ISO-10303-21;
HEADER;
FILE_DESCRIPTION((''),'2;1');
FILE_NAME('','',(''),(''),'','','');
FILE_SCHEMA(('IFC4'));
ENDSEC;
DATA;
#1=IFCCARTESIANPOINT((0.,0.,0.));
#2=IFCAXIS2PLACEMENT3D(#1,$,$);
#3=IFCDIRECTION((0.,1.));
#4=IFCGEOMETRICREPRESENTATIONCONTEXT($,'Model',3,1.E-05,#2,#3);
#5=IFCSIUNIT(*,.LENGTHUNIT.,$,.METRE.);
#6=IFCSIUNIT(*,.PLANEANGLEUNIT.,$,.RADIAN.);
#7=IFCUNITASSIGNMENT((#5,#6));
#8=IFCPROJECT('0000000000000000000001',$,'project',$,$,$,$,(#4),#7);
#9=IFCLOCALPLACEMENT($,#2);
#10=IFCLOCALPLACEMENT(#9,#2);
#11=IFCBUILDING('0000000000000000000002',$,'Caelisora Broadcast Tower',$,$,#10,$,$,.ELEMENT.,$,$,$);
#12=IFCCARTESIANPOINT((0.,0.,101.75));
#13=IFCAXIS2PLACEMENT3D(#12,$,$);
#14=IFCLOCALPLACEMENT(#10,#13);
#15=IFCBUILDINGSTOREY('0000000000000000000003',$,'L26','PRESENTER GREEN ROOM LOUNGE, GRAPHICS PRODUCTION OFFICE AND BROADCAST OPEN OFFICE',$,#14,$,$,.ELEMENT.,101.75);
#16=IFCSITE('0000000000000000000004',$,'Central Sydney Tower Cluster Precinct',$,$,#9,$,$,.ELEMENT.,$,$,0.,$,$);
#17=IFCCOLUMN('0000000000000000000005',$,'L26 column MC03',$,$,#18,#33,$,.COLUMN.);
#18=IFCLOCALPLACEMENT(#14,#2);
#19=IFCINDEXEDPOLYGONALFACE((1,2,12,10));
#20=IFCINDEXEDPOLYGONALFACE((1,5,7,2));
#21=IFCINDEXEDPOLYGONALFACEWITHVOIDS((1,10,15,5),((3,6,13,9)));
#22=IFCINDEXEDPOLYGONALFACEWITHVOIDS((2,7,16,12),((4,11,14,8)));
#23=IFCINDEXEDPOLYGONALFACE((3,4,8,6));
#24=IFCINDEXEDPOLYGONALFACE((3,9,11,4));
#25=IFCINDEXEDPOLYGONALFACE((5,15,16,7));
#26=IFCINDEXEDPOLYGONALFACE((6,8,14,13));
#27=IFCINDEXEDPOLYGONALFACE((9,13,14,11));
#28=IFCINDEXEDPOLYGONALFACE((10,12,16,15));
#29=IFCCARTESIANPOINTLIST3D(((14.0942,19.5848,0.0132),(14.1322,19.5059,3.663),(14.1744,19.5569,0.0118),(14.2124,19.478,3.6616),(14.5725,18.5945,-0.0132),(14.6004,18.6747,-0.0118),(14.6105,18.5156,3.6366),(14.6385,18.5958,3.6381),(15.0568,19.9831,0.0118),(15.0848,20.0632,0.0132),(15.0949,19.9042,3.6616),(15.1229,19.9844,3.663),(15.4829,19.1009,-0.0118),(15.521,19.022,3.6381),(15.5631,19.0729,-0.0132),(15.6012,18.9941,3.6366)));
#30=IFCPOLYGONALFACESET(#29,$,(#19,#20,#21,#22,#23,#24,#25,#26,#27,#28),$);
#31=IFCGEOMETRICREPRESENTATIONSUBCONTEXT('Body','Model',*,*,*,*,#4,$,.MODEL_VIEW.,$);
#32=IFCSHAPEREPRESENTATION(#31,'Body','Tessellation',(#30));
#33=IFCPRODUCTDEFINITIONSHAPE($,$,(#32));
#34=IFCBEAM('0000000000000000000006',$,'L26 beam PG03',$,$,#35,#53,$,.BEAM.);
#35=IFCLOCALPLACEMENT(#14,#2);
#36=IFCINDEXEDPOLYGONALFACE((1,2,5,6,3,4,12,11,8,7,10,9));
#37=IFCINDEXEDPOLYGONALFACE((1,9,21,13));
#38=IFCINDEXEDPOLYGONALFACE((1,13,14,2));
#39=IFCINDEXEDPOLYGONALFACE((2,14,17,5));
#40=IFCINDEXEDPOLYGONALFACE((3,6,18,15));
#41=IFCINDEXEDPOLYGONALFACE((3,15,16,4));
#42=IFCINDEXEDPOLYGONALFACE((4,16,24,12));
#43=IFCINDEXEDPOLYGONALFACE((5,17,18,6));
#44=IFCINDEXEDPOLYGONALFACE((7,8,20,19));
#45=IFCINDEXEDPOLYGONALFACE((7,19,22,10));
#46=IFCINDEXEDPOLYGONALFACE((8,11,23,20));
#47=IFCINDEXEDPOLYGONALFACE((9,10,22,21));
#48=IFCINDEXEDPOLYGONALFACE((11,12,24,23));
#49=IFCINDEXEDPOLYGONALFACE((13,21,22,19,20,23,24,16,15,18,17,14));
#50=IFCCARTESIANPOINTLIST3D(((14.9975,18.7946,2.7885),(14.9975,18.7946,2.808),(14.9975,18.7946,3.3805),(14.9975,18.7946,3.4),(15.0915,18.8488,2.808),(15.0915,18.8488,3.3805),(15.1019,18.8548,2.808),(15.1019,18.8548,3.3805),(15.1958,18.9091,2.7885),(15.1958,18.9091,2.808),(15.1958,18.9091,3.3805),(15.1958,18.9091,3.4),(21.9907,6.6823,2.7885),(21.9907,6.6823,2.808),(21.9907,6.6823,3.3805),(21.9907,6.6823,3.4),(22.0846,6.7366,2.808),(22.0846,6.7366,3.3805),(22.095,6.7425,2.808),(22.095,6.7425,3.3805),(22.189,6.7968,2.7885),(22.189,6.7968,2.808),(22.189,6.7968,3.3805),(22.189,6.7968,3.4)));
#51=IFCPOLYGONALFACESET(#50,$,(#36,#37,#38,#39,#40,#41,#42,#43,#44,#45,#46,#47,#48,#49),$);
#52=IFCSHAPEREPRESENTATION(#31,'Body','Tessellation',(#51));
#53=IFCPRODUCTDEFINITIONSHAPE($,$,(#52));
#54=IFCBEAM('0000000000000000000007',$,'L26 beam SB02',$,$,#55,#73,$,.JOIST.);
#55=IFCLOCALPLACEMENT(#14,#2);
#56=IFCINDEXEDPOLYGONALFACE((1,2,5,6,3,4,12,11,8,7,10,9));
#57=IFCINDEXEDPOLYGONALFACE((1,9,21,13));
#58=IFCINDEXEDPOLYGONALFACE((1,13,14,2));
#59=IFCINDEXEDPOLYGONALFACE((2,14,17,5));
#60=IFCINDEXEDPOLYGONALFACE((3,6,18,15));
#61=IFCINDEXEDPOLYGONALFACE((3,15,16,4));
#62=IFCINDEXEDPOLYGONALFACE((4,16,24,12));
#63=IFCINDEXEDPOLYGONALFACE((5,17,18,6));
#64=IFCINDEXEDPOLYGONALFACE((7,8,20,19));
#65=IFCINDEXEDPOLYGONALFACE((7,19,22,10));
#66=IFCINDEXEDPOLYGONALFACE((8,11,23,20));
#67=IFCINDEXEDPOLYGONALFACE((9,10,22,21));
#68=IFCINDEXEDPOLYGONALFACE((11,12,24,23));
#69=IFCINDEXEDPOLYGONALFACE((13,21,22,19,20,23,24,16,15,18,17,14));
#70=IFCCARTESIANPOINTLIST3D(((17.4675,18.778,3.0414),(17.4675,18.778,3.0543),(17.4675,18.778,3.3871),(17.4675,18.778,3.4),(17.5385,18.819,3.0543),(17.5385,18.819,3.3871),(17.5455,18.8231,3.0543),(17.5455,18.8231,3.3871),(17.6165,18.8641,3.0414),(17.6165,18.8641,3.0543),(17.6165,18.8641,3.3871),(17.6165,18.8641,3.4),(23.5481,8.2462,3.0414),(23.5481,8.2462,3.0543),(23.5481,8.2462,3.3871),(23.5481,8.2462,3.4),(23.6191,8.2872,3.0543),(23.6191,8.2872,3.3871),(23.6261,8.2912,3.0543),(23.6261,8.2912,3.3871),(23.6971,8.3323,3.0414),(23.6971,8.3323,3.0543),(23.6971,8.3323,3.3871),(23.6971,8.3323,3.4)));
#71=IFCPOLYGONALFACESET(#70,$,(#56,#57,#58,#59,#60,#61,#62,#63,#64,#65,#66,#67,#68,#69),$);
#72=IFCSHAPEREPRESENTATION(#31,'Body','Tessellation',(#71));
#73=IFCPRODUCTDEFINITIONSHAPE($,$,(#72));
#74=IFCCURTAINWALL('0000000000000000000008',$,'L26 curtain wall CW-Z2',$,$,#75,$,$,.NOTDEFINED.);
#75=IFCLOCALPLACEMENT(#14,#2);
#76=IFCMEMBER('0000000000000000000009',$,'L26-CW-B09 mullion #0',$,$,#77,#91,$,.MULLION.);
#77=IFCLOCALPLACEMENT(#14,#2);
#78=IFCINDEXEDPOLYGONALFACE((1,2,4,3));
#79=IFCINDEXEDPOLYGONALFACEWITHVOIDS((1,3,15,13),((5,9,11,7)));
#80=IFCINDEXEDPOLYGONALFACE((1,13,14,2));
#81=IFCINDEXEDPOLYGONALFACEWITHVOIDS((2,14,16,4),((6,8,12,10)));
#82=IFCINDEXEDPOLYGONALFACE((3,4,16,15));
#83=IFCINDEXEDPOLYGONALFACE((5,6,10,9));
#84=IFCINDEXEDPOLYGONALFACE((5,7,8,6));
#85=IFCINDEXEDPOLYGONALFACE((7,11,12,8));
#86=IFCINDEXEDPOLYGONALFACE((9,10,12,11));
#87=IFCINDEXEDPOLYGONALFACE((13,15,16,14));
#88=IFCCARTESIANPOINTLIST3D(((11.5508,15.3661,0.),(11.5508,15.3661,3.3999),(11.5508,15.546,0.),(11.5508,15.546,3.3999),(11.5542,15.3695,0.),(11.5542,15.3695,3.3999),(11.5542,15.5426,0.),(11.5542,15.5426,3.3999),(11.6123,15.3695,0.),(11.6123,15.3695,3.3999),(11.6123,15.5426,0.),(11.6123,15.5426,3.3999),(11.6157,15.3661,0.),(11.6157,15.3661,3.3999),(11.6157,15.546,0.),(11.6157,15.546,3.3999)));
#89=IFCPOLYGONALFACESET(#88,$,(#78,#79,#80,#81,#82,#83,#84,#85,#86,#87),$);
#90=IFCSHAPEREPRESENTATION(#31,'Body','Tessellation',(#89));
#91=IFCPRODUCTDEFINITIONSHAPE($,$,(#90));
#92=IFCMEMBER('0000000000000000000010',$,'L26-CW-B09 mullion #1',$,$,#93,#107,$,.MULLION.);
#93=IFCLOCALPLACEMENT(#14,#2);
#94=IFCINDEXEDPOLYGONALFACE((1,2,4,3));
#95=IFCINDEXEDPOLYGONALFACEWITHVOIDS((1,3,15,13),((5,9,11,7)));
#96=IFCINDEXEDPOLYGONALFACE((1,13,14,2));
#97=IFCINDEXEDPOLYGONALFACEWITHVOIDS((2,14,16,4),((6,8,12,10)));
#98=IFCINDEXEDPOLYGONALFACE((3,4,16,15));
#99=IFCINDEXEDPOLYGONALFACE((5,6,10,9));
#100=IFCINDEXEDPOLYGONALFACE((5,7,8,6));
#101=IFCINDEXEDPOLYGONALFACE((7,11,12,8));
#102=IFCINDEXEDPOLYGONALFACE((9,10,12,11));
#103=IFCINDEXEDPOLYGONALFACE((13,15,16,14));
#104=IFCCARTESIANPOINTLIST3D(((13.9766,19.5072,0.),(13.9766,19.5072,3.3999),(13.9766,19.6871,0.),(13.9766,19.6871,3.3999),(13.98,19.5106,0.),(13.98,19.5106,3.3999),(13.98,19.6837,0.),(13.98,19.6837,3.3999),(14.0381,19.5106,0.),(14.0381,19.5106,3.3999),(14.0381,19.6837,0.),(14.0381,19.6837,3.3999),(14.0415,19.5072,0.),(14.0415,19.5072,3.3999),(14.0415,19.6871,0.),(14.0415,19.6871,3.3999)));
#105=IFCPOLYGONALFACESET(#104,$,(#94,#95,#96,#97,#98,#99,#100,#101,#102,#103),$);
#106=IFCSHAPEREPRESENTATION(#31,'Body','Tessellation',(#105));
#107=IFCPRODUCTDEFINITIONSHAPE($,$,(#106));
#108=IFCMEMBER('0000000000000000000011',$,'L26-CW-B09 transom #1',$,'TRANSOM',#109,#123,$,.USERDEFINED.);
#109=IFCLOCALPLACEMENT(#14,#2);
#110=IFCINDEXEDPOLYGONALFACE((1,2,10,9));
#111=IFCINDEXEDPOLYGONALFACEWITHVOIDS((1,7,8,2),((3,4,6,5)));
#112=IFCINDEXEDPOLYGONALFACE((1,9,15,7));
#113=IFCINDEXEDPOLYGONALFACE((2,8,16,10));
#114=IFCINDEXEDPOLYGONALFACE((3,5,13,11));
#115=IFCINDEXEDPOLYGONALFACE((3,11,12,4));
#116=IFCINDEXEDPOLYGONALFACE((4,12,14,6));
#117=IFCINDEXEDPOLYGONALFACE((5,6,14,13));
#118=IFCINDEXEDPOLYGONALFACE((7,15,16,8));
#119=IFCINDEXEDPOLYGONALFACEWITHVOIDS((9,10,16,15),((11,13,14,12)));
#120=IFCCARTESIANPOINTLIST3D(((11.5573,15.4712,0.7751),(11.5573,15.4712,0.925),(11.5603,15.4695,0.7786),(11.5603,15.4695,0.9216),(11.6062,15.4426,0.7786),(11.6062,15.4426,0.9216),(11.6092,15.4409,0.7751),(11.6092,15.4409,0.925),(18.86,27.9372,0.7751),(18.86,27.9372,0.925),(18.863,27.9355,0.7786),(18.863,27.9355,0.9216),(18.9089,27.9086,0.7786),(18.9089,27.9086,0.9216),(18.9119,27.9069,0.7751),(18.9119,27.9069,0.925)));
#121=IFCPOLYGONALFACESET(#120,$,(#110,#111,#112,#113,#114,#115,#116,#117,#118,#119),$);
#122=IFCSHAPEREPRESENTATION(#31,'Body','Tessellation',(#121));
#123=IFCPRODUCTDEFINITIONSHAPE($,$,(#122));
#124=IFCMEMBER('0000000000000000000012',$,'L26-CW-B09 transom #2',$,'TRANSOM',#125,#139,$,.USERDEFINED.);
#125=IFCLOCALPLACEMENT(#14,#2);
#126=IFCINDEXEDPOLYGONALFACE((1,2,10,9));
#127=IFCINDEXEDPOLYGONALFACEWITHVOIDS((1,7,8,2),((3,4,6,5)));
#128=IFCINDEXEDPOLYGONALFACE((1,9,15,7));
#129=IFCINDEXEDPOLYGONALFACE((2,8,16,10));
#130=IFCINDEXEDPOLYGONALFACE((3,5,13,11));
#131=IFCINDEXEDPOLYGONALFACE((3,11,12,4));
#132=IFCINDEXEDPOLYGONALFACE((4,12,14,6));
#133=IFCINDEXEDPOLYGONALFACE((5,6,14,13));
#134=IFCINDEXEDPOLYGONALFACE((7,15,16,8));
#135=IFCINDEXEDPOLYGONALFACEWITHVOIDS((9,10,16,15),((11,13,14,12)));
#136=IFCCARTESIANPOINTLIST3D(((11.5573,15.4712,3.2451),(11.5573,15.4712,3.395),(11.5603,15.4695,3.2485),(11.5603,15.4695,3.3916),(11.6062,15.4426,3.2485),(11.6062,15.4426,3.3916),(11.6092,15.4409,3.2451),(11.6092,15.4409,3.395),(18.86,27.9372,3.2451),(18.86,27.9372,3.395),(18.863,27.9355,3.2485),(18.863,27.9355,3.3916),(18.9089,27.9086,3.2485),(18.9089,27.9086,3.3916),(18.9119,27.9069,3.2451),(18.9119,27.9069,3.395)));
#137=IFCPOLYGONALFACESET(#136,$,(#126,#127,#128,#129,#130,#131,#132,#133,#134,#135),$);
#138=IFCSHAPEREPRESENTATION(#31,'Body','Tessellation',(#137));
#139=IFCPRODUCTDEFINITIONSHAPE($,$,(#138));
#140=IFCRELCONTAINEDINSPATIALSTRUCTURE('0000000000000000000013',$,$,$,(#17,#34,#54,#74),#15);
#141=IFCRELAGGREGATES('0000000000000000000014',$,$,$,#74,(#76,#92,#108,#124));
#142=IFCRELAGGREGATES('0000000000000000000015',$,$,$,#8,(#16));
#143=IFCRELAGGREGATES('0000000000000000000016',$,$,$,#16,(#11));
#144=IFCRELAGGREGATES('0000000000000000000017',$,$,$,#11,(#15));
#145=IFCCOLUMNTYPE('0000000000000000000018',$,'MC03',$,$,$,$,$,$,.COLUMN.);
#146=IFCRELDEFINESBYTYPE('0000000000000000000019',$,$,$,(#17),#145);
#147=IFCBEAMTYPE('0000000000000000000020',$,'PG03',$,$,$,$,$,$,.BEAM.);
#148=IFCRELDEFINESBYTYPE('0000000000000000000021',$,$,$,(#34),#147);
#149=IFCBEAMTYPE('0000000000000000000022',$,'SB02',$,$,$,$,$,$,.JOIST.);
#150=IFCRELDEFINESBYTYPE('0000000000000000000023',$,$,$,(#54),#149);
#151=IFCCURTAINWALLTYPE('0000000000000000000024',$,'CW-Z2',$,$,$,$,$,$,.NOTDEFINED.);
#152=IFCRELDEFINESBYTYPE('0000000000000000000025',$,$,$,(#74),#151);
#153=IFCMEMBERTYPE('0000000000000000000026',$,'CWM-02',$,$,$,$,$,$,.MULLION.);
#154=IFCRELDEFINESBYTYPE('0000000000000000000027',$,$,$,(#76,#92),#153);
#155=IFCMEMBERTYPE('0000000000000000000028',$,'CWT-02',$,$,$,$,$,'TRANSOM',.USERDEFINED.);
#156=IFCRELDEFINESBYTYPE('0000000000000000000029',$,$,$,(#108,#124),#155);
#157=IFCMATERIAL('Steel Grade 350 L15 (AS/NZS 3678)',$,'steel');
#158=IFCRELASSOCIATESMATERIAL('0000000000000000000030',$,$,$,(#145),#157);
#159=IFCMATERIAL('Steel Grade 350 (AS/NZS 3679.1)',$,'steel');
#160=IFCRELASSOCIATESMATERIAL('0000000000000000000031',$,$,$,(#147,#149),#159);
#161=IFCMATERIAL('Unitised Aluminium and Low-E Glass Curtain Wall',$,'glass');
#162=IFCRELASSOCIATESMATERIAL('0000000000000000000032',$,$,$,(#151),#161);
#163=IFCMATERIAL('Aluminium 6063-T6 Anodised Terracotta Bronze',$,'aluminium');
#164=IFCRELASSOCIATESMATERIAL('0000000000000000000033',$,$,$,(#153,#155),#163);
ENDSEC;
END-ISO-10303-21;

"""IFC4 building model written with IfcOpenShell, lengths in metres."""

from ifc_helpers import new_model, si_unit, direction, frame, origin, origin_2d, place, context, subcontext, project, spatial, hollow_rectangle, i_section, extrude, source, transform, mapped, material, material_profile, profile_set, type_object, type_shapes, element, aggregate, save


model = new_model("IFC4")

# Units and contexts
model_context = context("Model", 3, precision=1e-05, world=origin(), true_north=direction((0.0, 1.0)))
body_context = subcontext(model_context, "Body", "Model", "MODEL_VIEW")
ifc_project = project(units=[si_unit("LENGTHUNIT", "METRE"), si_unit("PLANEANGLEUNIT", "RADIAN")], contexts=[model_context])

# Site, building, storey
site_placement = place(None, origin())
site = spatial("IfcSite", under=ifc_project, at=site_placement, Name="Central Sydney Tower Cluster Precinct", CompositionType="ELEMENT", RefElevation=0.0)
building_placement = place(site_placement, origin())
building = spatial("IfcBuilding", under=site, at=building_placement, Name="Caelisora Broadcast Tower", CompositionType="ELEMENT")
storey_placement = place(building_placement, frame((0.0, 0.0, 101.75)))
storey = spatial("IfcBuildingStorey", under=building, at=storey_placement, Name="L26", Description="PRESENTER GREEN ROOM LOUNGE, GRAPHICS PRODUCTION OFFICE AND BROADCAST OPEN OFFICE", CompositionType="ELEMENT", Elevation=101.75)

# Column
ifc_material_1 = material(Name="Steel Grade 350 L15 (AS/NZS 3678)", Category="steel")
ifc_material_profile_1 = material_profile(ifc_material_1, hollow_rectangle(XDim=1.1001, YDim=1.1001, WallThickness=0.0601, at=origin_2d()), Name="Steel Grade 350 L15 (AS/NZS 3678)")
ifc_profile_set_1 = profile_set([ifc_material_profile_1], Name="Steel Grade 350 L15 (AS/NZS 3678)")
column_type = type_object("IfcColumnType", Name="MC03", PredefinedType="COLUMN", material=ifc_profile_set_1)
shared_shape_1 = source(origin(), body_context, "Body", "SweptSolid", [
    extrude(hollow_rectangle(XDim=1.1001, YDim=1.1001, WallThickness=0.0601, at=origin_2d()), origin(), (0.0, 0.0, 1.0), 3.6509),
])
type_shapes(column_type, [shared_shape_1])
column_placement = place(storey_placement, frame((14.8286, 19.3289, 0.0), z_axis=(0.010432, -0.021599, 0.999712), x_axis=(0.900476, 0.434905, 0.0)))
element("IfcColumn", 1, at=column_placement, inside=storey, type_object=column_type, Name="L26 column MC03", PredefinedType="COLUMN", context=body_context, shape_type="MappedRepresentation", body=[
    mapped(shared_shape_1, transform((0.0, 0.0, 0.0), scale=1.0)),
])

# Beams
ifc_material_2 = material(Name="Steel Grade 350 (AS/NZS 3679.1)", Category="steel")
ifc_material_profile_2 = material_profile(ifc_material_2, i_section(OverallWidth=0.229, OverallDepth=0.6116, WebThickness=0.012, FlangeThickness=0.0195, at=origin_2d()), Name="Steel Grade 350 (AS/NZS 3679.1)")
ifc_profile_set_2 = profile_set([ifc_material_profile_2], Name="Steel Grade 350 (AS/NZS 3679.1)")
beam_type_1 = type_object("IfcBeamType", Name="PG03", PredefinedType="BEAM", material=ifc_profile_set_2)
shared_shape_2 = source(origin(), body_context, "Body", "SweptSolid", [
    extrude(i_section(OverallWidth=0.229, OverallDepth=0.6116, WebThickness=0.012, FlangeThickness=0.0195, at=origin_2d()), origin(), (0.0, 0.0, 1.0), 13.9861),
])
type_shapes(beam_type_1, [shared_shape_2])
beam_1_placement = place(storey_placement, frame((15.0967, 18.8518, 3.0942), z_axis=(0.500007, -0.866022, 0.0), x_axis=(0.866022, 0.500007, 0.0)))
element("IfcBeam", 2, at=beam_1_placement, inside=storey, type_object=beam_type_1, Name="L26 beam PG03", PredefinedType="BEAM", context=body_context, shape_type="MappedRepresentation", body=[
    mapped(shared_shape_2, transform((0.0, 0.0, 0.0), scale=1.0)),
])
ifc_material_profile_3 = material_profile(ifc_material_2, i_section(OverallWidth=0.1721, OverallDepth=0.3586, WebThickness=0.0081, FlangeThickness=0.0129, at=origin_2d()), Name="Steel Grade 350 (AS/NZS 3679.1)")
ifc_profile_set_3 = profile_set([ifc_material_profile_3], Name="Steel Grade 350 (AS/NZS 3679.1)")
beam_type_2 = type_object("IfcBeamType", Name="SB02", PredefinedType="JOIST", material=ifc_profile_set_3)
shared_shape_3 = source(origin(), body_context, "Body", "SweptSolid", [
    extrude(i_section(OverallWidth=0.1721, OverallDepth=0.3586, WebThickness=0.0081, FlangeThickness=0.0129, at=origin_2d()), origin(), (0.0, 0.0, 1.0), 12.1611),
])
type_shapes(beam_type_2, [shared_shape_3])
beam_2_placement = place(storey_placement, frame((17.542, 18.821, 3.2207), z_axis=(0.500004, -0.866023, 0.0), x_axis=(0.866023, 0.500004, 0.0)))
element("IfcBeam", 3, at=beam_2_placement, inside=storey, type_object=beam_type_2, Name="L26 beam SB02", PredefinedType="JOIST", context=body_context, shape_type="MappedRepresentation", body=[
    mapped(shared_shape_3, transform((0.0, 0.0, 0.0), scale=1.0)),
])

# Curtain wall, members
ifc_material_3 = material(Name="Unitised Aluminium and Low-E Glass Curtain Wall", Category="glass")
curtain_wall_type = type_object("IfcCurtainWallType", Name="CW-Z2", PredefinedType="NOTDEFINED", material=ifc_material_3)
curtain_wall_placement = place(storey_placement, origin())
curtain_wall = element("IfcCurtainWall", 4, at=curtain_wall_placement, inside=storey, type_object=curtain_wall_type, Name="L26 curtain wall CW-Z2", PredefinedType="NOTDEFINED")
ifc_material_4 = material(Name="Aluminium 6063-T6 Anodised Terracotta Bronze", Category="aluminium")
ifc_material_profile_4 = material_profile(ifc_material_4, hollow_rectangle(XDim=0.0649, YDim=0.1799, WallThickness=0.0034, at=origin_2d()), Name="Aluminium 6063-T6 Anodised Terracotta Bronze")
ifc_profile_set_4 = profile_set([ifc_material_profile_4], Name="Aluminium 6063-T6 Anodised Terracotta Bronze")
member_type_1 = type_object("IfcMemberType", Name="CWM-02", PredefinedType="MULLION", material=ifc_profile_set_4)
shared_shape_4 = source(origin(), body_context, "Body", "SweptSolid", [
    extrude(hollow_rectangle(XDim=0.0649, YDim=0.1799, WallThickness=0.0034, at=origin_2d()), origin(), (0.0, 0.0, 1.0), 3.3999),
])
type_shapes(member_type_1, [shared_shape_4])
member_1_placement = place(storey_placement, frame((11.5833, 15.4561, 0.0), z_axis=(0.0, 0.0, 1.0), x_axis=(1.0, 0.0, 0.0)))
member_1 = element("IfcMember", 5, at=member_1_placement, type_object=member_type_1, Name="L26-CW-B09 mullion #0", PredefinedType="MULLION", context=body_context, shape_type="MappedRepresentation", body=[
    mapped(shared_shape_4, transform((0.0, 0.0, 0.0), scale=1.0)),
])
member_2_placement = place(storey_placement, frame((14.009, 19.5972, 0.0), z_axis=(0.0, 0.0, 1.0), x_axis=(1.0, 0.0, 0.0)))
member_2 = element("IfcMember", 6, at=member_2_placement, type_object=member_type_1, Name="L26-CW-B09 mullion #1", PredefinedType="MULLION", context=body_context, shape_type="MappedRepresentation", body=[
    mapped(shared_shape_4, transform((0.0, 0.0, 0.0), scale=1.0)),
])
ifc_material_profile_5 = material_profile(ifc_material_4, hollow_rectangle(XDim=0.0601, YDim=0.1499, WallThickness=0.0034, at=origin_2d()), Name="Aluminium 6063-T6 Anodised Terracotta Bronze")
ifc_profile_set_5 = profile_set([ifc_material_profile_5], Name="Aluminium 6063-T6 Anodised Terracotta Bronze")
member_type_2 = type_object("IfcMemberType", Name="CWT-02", ElementType="TRANSOM", PredefinedType="USERDEFINED", material=ifc_profile_set_5)
shared_shape_5 = source(origin(), body_context, "Body", "SweptSolid", [
    extrude(hollow_rectangle(XDim=0.0601, YDim=0.1499, WallThickness=0.0034, at=origin_2d()), origin(), (0.0, 0.0, 1.0), 14.4475),
])
type_shapes(member_type_2, [shared_shape_5])
member_3_placement = place(storey_placement, frame((11.5833, 15.4561, 0.8501), z_axis=(0.505464, 0.862848, 0.0), x_axis=(-0.862848, 0.505464, 0.0)))
member_3 = element("IfcMember", 7, at=member_3_placement, type_object=member_type_2, Name="L26-CW-B09 transom #1", ObjectType="TRANSOM", PredefinedType="USERDEFINED", context=body_context, shape_type="MappedRepresentation", body=[
    mapped(shared_shape_5, transform((0.0, 0.0, 0.0), scale=1.0)),
])
member_4_placement = place(storey_placement, frame((11.5833, 15.4561, 3.3201), z_axis=(0.505464, 0.862848, 0.0), x_axis=(-0.862848, 0.505464, 0.0)))
member_4 = element("IfcMember", 8, at=member_4_placement, type_object=member_type_2, Name="L26-CW-B09 transom #2", ObjectType="TRANSOM", PredefinedType="USERDEFINED", context=body_context, shape_type="MappedRepresentation", body=[
    mapped(shared_shape_5, transform((0.0, 0.0, 0.0), scale=1.0)),
])

aggregate(curtain_wall, [member_1, member_2, member_3, member_4])

save(model, "model.ifc")
